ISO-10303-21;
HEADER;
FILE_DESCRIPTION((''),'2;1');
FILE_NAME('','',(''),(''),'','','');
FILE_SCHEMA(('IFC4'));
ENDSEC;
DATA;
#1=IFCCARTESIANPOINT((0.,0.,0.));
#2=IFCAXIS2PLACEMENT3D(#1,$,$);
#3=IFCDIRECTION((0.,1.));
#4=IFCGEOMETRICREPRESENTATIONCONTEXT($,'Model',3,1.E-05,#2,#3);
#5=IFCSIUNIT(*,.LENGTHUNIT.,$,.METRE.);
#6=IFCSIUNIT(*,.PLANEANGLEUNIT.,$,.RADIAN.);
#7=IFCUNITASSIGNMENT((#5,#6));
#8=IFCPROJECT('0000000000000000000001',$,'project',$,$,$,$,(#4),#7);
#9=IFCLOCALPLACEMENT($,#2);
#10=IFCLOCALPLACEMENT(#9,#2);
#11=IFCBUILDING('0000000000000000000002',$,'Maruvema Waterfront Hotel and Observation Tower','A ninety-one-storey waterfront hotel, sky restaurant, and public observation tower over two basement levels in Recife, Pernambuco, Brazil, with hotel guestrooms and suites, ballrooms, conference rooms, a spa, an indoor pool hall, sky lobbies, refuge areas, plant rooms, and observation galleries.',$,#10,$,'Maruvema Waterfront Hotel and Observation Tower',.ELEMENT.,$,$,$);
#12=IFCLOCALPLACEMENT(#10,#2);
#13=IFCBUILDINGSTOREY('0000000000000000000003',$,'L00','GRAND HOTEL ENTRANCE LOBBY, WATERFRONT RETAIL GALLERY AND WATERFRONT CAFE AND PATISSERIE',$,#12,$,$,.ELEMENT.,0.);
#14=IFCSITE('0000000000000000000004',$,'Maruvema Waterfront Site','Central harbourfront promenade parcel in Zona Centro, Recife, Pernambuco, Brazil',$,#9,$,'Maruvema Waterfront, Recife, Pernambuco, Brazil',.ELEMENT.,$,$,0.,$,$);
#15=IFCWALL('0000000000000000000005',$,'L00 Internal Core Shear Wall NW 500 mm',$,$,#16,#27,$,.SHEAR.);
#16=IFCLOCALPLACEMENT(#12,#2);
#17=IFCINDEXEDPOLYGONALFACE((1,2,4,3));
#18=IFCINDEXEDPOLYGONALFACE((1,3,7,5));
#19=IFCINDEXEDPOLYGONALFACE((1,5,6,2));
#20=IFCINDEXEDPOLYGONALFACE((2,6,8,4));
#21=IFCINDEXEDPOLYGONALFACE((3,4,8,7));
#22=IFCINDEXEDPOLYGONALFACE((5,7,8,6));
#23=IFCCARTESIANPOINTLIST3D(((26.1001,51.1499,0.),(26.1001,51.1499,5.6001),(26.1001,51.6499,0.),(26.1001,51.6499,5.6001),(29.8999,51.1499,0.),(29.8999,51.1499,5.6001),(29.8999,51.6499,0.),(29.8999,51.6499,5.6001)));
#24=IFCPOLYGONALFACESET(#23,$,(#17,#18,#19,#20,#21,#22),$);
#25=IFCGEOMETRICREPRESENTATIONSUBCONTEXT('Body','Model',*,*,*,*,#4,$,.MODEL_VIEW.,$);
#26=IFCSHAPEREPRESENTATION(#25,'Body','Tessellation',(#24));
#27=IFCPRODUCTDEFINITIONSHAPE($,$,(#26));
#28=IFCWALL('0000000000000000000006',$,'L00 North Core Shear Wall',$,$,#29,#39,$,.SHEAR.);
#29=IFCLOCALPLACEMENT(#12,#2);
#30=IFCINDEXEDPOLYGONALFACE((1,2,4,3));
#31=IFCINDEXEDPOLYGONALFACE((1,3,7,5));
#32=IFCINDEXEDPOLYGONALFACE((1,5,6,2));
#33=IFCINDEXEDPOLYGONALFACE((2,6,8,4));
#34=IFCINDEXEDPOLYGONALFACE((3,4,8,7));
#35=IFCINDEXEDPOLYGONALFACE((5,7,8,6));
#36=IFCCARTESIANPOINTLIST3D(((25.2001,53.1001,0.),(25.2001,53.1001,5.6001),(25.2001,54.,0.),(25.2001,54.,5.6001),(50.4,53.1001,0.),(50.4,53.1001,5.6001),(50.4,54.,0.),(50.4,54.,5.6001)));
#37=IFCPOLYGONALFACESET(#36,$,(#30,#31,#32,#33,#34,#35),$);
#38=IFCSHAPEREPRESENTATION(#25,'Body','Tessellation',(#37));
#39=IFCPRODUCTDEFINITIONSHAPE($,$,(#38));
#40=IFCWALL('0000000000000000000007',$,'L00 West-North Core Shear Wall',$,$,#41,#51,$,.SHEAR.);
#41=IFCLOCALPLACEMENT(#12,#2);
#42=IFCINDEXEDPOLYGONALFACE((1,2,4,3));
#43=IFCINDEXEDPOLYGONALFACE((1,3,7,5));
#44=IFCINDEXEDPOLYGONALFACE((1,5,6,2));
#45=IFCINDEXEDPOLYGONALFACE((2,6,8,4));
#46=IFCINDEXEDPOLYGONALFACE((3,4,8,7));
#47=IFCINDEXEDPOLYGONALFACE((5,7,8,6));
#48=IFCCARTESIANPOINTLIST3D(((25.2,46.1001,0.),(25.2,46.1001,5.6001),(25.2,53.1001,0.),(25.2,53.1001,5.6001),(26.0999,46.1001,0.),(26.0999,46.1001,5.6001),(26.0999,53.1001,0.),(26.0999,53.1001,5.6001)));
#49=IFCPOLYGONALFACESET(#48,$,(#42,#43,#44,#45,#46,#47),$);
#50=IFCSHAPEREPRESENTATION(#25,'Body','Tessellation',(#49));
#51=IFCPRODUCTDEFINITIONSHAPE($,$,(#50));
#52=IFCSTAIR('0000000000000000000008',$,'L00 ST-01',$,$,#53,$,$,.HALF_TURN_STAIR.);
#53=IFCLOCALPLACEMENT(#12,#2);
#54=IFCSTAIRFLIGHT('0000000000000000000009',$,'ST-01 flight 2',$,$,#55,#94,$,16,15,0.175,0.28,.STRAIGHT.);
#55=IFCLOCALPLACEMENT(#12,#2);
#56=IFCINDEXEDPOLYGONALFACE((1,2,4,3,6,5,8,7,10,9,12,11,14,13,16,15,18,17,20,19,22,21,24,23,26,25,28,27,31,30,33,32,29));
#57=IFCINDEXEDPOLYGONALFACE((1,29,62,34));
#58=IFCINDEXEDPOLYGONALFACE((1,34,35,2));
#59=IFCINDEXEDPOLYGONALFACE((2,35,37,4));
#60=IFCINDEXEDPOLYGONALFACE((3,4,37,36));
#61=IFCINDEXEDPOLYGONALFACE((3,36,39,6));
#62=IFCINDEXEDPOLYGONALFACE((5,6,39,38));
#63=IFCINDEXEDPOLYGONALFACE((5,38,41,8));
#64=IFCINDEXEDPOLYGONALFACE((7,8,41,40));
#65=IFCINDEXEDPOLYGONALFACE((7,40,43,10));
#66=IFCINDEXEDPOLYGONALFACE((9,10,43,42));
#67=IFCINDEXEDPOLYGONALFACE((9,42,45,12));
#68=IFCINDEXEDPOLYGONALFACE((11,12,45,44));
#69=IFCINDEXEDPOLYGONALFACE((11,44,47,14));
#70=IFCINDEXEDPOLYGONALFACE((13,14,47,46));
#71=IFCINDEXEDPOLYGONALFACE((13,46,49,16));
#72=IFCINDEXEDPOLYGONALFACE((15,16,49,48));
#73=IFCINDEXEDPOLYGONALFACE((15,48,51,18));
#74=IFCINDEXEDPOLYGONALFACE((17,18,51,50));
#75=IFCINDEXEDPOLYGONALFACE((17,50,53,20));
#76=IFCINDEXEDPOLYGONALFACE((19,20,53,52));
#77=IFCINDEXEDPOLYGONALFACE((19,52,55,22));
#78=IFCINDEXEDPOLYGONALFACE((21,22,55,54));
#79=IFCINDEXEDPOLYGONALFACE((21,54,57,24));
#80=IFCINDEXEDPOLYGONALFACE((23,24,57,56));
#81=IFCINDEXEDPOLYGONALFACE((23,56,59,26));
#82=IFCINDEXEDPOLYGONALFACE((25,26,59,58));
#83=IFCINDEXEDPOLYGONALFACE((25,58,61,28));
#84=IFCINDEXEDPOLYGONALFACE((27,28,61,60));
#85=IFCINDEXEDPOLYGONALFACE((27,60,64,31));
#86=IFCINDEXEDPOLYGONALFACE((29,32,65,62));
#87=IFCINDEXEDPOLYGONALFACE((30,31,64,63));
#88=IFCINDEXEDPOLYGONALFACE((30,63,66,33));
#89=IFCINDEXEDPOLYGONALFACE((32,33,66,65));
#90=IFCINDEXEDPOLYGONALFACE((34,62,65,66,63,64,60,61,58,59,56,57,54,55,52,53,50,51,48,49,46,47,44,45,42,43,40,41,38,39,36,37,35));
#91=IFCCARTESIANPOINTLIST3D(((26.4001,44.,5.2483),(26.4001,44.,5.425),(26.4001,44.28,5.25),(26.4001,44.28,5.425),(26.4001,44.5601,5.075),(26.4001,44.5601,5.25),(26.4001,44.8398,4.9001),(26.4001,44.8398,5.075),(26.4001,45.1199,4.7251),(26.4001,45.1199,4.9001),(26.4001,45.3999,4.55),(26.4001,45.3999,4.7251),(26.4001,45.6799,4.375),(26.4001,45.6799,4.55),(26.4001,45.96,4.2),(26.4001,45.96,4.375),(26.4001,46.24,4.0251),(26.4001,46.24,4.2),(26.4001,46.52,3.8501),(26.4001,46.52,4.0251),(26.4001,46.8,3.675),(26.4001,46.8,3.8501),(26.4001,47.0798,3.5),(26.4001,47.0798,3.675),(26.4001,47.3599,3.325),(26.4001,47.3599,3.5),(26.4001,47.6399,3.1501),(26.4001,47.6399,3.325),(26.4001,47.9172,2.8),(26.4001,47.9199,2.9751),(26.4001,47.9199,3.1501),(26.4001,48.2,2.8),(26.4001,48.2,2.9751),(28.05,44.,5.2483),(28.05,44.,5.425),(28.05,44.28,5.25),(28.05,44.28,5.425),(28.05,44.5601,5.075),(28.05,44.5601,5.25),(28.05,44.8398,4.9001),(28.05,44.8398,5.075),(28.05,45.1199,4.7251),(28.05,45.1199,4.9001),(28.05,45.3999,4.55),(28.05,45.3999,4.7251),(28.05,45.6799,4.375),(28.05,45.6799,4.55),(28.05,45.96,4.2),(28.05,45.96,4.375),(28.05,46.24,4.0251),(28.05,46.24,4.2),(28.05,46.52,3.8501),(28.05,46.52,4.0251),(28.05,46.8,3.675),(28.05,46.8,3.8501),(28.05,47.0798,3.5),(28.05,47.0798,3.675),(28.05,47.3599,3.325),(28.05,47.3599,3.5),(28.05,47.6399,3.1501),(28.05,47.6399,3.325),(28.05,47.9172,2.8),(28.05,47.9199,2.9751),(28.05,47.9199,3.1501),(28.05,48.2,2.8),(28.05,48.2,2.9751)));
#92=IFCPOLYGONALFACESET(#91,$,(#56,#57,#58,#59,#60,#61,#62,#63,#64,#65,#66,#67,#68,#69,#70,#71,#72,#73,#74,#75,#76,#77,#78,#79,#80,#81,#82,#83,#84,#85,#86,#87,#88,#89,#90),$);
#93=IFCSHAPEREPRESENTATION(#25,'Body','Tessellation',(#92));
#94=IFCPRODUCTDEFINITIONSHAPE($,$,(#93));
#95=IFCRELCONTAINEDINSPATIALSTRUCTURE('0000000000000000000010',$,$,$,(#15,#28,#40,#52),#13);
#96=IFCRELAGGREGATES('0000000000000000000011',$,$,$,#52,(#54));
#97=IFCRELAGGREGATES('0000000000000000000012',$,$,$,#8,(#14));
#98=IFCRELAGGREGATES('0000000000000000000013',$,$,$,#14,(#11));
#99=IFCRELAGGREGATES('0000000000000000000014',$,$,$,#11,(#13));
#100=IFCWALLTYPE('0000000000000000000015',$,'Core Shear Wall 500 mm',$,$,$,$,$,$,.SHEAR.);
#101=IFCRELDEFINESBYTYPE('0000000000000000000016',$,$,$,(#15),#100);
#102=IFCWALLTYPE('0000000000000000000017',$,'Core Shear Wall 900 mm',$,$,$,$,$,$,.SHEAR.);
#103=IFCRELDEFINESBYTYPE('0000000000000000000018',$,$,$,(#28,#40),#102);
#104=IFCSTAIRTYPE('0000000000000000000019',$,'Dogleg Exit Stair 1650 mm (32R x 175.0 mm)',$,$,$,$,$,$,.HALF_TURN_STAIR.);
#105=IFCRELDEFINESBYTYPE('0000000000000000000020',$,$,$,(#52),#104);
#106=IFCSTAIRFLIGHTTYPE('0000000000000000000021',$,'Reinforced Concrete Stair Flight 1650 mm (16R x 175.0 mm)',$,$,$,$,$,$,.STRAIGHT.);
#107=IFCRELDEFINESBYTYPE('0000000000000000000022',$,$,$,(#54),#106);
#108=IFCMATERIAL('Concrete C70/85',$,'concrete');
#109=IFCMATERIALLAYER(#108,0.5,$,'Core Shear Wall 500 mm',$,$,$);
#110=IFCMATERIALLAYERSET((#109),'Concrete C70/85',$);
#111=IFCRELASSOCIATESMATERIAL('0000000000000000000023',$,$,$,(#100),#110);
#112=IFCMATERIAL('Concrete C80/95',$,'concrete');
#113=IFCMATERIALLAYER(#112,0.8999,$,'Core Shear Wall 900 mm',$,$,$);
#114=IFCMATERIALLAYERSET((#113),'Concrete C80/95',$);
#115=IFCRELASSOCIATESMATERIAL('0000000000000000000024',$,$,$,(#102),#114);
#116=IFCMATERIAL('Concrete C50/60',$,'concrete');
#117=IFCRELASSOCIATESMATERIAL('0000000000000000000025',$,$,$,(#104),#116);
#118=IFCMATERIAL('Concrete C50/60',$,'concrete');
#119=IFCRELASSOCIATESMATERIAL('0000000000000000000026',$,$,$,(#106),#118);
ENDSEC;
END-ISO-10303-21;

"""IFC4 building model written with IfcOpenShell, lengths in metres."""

from ifc_helpers import new_model, si_unit, direction, frame, frame_2d, origin, place, context, subcontext, project, spatial, polyline, rectangle, outline, extrude, material, layer, layer_set, type_object, element, aggregate, save


model = new_model("IFC4")

# Units and contexts
model_context = context("Model", 3, precision=1e-05, world=origin(), true_north=direction((0.0, 1.0)))
body_context = subcontext(model_context, "Body", "Model", "MODEL_VIEW")
ifc_project = project(units=[si_unit("LENGTHUNIT", "METRE"), si_unit("PLANEANGLEUNIT", "RADIAN")], contexts=[model_context])

# Site, building, storey
site_placement = place(None, origin())
site = spatial("IfcSite", under=ifc_project, at=site_placement, Name="Maruvema Waterfront Site", Description="Central harbourfront promenade parcel in Zona Centro, Recife, Pernambuco, Brazil", LongName="Maruvema Waterfront, Recife, Pernambuco, Brazil", CompositionType="ELEMENT", RefElevation=0.0)
building_placement = place(site_placement, origin())
building = spatial("IfcBuilding", under=site, at=building_placement, Name="Maruvema Waterfront Hotel and Observation Tower", Description="A ninety-one-storey waterfront hotel, sky restaurant, and public observation tower over two basement levels in Recife, Pernambuco, Brazil, with hotel guestrooms and suites, ballrooms, conference rooms, a spa, an indoor pool hall, sky lobbies, refuge areas, plant rooms, and observation galleries.", LongName="Maruvema Waterfront Hotel and Observation Tower", CompositionType="ELEMENT")
storey_placement = place(building_placement, origin())
storey = spatial("IfcBuildingStorey", under=building, at=storey_placement, Name="L00", Description="GRAND HOTEL ENTRANCE LOBBY, WATERFRONT RETAIL GALLERY AND WATERFRONT CAFE AND PATISSERIE", CompositionType="ELEMENT", Elevation=0.0)

# Walls
ifc_material_1 = material(Name="Concrete C70/85", Category="concrete")
ifc_layer_1 = layer(ifc_material_1, 0.5, Name="Core Shear Wall 500 mm")
ifc_layer_set_1 = layer_set([ifc_layer_1], Name="Concrete C70/85")
wall_type_1 = type_object("IfcWallType", Name="Core Shear Wall 500 mm", PredefinedType="SHEAR", material=ifc_layer_set_1)
wall_1_placement = place(storey_placement, frame((26.1001, 51.3999, 0.0), z_axis=(0.0, 0.0, 1.0), x_axis=(1.0, 0.0, 0.0)))
element("IfcWall", 1, at=wall_1_placement, inside=storey, type_object=wall_type_1, Name="L00 Internal Core Shear Wall NW 500 mm", PredefinedType="SHEAR", context=body_context, shape_type="SweptSolid", body=[
    extrude(rectangle(XDim=3.7998, YDim=0.5, at=frame_2d((1.8999, 0.0))), origin(), (0.0, 0.0, 1.0), 5.6001),
])
ifc_material_2 = material(Name="Concrete C80/95", Category="concrete")
ifc_layer_2 = layer(ifc_material_2, 0.8999, Name="Core Shear Wall 900 mm")
ifc_layer_set_2 = layer_set([ifc_layer_2], Name="Concrete C80/95")
wall_type_2 = type_object("IfcWallType", Name="Core Shear Wall 900 mm", PredefinedType="SHEAR", material=ifc_layer_set_2)
wall_2_placement = place(storey_placement, frame((25.2, 53.55, 0.0), z_axis=(0.0, 0.0, 1.0), x_axis=(1.0, 0.0, 0.0)))
element("IfcWall", 2, at=wall_2_placement, inside=storey, type_object=wall_type_2, Name="L00 North Core Shear Wall", PredefinedType="SHEAR", context=body_context, shape_type="SweptSolid", body=[
    extrude(rectangle(XDim=25.2, YDim=0.8999, at=frame_2d((12.6001, 0.0))), origin(), (0.0, 0.0, 1.0), 5.6001),
])
wall_3_placement = place(storey_placement, frame((25.6499, 46.1001, 0.0), z_axis=(0.0, 0.0, 1.0), x_axis=(0.0, 1.0, 0.0)))
element("IfcWall", 3, at=wall_3_placement, inside=storey, type_object=wall_type_2, Name="L00 West-North Core Shear Wall", PredefinedType="SHEAR", context=body_context, shape_type="SweptSolid", body=[
    extrude(rectangle(XDim=7.0, YDim=0.8999, at=frame_2d((3.5, 0.0))), origin(), (0.0, 0.0, 1.0), 5.6001),
])

# Stair, stair flight
ifc_material_3 = material(Name="Concrete C50/60", Category="concrete")
stair_type = type_object("IfcStairType", Name="Dogleg Exit Stair 1650 mm (32R x 175.0 mm)", PredefinedType="HALF_TURN_STAIR", material=ifc_material_3)
stair_placement = place(storey_placement, origin())
stair = element("IfcStair", 4, at=stair_placement, inside=storey, type_object=stair_type, Name="L00 ST-01", PredefinedType="HALF_TURN_STAIR")
ifc_material_4 = material(Name="Concrete C50/60", Category="concrete")
stair_flight_type = type_object("IfcStairFlightType", Name="Reinforced Concrete Stair Flight 1650 mm (16R x 175.0 mm)", PredefinedType="STRAIGHT", material=ifc_material_4)
stair_flight_placement = place(storey_placement, frame((27.2251, 48.2, 2.8), z_axis=(0.0, 0.0, 1.0), x_axis=(0.0, -1.0, 0.0)))
stair_flight = element("IfcStairFlight", 5, at=stair_flight_placement, type_object=stair_flight_type, Name="ST-01 flight 2", NumberOfRisers=16, NumberOfTreads=15, PredefinedType="STRAIGHT", RiserHeight=0.175, TreadLength=0.28, context=body_context, shape_type="SweptSolid", body=[
    extrude(outline(polyline([(0.0, 0.0), (0.0, 0.175), (0.28, 0.175), (0.28, 0.3501), (0.5601, 0.3501), (0.5601, 0.5249), (0.8401, 0.5249), (0.8401, 0.7), (1.1201, 0.7), (1.1201, 0.875), (1.3999, 0.875), (1.3999, 1.05), (1.6799, 1.05), (1.6799, 1.2251), (1.96, 1.2251), (1.96, 1.3999), (2.24, 1.3999), (2.24, 1.575), (2.52, 1.575), (2.52, 1.75), (2.8, 1.75), (2.8, 1.925), (3.0801, 1.925), (3.0801, 2.1001), (3.3601, 2.1001), (3.3601, 2.2749), (3.6399, 2.2749), (3.6399, 2.45), (3.9199, 2.45), (3.9199, 2.625), (4.2, 2.625), (4.2, 2.8), (4.2, 2.4482), (0.2827, 0.0), (0.0, 0.0)])), frame((0.0, 0.825, 0.0), z_axis=(0.0, -1.0, 0.0), x_axis=(1.0, 0.0, 0.0)), (0.0, 0.0, 1.0), 1.6499),
])
aggregate(stair, [stair_flight])

save(model, "model.ifc")
